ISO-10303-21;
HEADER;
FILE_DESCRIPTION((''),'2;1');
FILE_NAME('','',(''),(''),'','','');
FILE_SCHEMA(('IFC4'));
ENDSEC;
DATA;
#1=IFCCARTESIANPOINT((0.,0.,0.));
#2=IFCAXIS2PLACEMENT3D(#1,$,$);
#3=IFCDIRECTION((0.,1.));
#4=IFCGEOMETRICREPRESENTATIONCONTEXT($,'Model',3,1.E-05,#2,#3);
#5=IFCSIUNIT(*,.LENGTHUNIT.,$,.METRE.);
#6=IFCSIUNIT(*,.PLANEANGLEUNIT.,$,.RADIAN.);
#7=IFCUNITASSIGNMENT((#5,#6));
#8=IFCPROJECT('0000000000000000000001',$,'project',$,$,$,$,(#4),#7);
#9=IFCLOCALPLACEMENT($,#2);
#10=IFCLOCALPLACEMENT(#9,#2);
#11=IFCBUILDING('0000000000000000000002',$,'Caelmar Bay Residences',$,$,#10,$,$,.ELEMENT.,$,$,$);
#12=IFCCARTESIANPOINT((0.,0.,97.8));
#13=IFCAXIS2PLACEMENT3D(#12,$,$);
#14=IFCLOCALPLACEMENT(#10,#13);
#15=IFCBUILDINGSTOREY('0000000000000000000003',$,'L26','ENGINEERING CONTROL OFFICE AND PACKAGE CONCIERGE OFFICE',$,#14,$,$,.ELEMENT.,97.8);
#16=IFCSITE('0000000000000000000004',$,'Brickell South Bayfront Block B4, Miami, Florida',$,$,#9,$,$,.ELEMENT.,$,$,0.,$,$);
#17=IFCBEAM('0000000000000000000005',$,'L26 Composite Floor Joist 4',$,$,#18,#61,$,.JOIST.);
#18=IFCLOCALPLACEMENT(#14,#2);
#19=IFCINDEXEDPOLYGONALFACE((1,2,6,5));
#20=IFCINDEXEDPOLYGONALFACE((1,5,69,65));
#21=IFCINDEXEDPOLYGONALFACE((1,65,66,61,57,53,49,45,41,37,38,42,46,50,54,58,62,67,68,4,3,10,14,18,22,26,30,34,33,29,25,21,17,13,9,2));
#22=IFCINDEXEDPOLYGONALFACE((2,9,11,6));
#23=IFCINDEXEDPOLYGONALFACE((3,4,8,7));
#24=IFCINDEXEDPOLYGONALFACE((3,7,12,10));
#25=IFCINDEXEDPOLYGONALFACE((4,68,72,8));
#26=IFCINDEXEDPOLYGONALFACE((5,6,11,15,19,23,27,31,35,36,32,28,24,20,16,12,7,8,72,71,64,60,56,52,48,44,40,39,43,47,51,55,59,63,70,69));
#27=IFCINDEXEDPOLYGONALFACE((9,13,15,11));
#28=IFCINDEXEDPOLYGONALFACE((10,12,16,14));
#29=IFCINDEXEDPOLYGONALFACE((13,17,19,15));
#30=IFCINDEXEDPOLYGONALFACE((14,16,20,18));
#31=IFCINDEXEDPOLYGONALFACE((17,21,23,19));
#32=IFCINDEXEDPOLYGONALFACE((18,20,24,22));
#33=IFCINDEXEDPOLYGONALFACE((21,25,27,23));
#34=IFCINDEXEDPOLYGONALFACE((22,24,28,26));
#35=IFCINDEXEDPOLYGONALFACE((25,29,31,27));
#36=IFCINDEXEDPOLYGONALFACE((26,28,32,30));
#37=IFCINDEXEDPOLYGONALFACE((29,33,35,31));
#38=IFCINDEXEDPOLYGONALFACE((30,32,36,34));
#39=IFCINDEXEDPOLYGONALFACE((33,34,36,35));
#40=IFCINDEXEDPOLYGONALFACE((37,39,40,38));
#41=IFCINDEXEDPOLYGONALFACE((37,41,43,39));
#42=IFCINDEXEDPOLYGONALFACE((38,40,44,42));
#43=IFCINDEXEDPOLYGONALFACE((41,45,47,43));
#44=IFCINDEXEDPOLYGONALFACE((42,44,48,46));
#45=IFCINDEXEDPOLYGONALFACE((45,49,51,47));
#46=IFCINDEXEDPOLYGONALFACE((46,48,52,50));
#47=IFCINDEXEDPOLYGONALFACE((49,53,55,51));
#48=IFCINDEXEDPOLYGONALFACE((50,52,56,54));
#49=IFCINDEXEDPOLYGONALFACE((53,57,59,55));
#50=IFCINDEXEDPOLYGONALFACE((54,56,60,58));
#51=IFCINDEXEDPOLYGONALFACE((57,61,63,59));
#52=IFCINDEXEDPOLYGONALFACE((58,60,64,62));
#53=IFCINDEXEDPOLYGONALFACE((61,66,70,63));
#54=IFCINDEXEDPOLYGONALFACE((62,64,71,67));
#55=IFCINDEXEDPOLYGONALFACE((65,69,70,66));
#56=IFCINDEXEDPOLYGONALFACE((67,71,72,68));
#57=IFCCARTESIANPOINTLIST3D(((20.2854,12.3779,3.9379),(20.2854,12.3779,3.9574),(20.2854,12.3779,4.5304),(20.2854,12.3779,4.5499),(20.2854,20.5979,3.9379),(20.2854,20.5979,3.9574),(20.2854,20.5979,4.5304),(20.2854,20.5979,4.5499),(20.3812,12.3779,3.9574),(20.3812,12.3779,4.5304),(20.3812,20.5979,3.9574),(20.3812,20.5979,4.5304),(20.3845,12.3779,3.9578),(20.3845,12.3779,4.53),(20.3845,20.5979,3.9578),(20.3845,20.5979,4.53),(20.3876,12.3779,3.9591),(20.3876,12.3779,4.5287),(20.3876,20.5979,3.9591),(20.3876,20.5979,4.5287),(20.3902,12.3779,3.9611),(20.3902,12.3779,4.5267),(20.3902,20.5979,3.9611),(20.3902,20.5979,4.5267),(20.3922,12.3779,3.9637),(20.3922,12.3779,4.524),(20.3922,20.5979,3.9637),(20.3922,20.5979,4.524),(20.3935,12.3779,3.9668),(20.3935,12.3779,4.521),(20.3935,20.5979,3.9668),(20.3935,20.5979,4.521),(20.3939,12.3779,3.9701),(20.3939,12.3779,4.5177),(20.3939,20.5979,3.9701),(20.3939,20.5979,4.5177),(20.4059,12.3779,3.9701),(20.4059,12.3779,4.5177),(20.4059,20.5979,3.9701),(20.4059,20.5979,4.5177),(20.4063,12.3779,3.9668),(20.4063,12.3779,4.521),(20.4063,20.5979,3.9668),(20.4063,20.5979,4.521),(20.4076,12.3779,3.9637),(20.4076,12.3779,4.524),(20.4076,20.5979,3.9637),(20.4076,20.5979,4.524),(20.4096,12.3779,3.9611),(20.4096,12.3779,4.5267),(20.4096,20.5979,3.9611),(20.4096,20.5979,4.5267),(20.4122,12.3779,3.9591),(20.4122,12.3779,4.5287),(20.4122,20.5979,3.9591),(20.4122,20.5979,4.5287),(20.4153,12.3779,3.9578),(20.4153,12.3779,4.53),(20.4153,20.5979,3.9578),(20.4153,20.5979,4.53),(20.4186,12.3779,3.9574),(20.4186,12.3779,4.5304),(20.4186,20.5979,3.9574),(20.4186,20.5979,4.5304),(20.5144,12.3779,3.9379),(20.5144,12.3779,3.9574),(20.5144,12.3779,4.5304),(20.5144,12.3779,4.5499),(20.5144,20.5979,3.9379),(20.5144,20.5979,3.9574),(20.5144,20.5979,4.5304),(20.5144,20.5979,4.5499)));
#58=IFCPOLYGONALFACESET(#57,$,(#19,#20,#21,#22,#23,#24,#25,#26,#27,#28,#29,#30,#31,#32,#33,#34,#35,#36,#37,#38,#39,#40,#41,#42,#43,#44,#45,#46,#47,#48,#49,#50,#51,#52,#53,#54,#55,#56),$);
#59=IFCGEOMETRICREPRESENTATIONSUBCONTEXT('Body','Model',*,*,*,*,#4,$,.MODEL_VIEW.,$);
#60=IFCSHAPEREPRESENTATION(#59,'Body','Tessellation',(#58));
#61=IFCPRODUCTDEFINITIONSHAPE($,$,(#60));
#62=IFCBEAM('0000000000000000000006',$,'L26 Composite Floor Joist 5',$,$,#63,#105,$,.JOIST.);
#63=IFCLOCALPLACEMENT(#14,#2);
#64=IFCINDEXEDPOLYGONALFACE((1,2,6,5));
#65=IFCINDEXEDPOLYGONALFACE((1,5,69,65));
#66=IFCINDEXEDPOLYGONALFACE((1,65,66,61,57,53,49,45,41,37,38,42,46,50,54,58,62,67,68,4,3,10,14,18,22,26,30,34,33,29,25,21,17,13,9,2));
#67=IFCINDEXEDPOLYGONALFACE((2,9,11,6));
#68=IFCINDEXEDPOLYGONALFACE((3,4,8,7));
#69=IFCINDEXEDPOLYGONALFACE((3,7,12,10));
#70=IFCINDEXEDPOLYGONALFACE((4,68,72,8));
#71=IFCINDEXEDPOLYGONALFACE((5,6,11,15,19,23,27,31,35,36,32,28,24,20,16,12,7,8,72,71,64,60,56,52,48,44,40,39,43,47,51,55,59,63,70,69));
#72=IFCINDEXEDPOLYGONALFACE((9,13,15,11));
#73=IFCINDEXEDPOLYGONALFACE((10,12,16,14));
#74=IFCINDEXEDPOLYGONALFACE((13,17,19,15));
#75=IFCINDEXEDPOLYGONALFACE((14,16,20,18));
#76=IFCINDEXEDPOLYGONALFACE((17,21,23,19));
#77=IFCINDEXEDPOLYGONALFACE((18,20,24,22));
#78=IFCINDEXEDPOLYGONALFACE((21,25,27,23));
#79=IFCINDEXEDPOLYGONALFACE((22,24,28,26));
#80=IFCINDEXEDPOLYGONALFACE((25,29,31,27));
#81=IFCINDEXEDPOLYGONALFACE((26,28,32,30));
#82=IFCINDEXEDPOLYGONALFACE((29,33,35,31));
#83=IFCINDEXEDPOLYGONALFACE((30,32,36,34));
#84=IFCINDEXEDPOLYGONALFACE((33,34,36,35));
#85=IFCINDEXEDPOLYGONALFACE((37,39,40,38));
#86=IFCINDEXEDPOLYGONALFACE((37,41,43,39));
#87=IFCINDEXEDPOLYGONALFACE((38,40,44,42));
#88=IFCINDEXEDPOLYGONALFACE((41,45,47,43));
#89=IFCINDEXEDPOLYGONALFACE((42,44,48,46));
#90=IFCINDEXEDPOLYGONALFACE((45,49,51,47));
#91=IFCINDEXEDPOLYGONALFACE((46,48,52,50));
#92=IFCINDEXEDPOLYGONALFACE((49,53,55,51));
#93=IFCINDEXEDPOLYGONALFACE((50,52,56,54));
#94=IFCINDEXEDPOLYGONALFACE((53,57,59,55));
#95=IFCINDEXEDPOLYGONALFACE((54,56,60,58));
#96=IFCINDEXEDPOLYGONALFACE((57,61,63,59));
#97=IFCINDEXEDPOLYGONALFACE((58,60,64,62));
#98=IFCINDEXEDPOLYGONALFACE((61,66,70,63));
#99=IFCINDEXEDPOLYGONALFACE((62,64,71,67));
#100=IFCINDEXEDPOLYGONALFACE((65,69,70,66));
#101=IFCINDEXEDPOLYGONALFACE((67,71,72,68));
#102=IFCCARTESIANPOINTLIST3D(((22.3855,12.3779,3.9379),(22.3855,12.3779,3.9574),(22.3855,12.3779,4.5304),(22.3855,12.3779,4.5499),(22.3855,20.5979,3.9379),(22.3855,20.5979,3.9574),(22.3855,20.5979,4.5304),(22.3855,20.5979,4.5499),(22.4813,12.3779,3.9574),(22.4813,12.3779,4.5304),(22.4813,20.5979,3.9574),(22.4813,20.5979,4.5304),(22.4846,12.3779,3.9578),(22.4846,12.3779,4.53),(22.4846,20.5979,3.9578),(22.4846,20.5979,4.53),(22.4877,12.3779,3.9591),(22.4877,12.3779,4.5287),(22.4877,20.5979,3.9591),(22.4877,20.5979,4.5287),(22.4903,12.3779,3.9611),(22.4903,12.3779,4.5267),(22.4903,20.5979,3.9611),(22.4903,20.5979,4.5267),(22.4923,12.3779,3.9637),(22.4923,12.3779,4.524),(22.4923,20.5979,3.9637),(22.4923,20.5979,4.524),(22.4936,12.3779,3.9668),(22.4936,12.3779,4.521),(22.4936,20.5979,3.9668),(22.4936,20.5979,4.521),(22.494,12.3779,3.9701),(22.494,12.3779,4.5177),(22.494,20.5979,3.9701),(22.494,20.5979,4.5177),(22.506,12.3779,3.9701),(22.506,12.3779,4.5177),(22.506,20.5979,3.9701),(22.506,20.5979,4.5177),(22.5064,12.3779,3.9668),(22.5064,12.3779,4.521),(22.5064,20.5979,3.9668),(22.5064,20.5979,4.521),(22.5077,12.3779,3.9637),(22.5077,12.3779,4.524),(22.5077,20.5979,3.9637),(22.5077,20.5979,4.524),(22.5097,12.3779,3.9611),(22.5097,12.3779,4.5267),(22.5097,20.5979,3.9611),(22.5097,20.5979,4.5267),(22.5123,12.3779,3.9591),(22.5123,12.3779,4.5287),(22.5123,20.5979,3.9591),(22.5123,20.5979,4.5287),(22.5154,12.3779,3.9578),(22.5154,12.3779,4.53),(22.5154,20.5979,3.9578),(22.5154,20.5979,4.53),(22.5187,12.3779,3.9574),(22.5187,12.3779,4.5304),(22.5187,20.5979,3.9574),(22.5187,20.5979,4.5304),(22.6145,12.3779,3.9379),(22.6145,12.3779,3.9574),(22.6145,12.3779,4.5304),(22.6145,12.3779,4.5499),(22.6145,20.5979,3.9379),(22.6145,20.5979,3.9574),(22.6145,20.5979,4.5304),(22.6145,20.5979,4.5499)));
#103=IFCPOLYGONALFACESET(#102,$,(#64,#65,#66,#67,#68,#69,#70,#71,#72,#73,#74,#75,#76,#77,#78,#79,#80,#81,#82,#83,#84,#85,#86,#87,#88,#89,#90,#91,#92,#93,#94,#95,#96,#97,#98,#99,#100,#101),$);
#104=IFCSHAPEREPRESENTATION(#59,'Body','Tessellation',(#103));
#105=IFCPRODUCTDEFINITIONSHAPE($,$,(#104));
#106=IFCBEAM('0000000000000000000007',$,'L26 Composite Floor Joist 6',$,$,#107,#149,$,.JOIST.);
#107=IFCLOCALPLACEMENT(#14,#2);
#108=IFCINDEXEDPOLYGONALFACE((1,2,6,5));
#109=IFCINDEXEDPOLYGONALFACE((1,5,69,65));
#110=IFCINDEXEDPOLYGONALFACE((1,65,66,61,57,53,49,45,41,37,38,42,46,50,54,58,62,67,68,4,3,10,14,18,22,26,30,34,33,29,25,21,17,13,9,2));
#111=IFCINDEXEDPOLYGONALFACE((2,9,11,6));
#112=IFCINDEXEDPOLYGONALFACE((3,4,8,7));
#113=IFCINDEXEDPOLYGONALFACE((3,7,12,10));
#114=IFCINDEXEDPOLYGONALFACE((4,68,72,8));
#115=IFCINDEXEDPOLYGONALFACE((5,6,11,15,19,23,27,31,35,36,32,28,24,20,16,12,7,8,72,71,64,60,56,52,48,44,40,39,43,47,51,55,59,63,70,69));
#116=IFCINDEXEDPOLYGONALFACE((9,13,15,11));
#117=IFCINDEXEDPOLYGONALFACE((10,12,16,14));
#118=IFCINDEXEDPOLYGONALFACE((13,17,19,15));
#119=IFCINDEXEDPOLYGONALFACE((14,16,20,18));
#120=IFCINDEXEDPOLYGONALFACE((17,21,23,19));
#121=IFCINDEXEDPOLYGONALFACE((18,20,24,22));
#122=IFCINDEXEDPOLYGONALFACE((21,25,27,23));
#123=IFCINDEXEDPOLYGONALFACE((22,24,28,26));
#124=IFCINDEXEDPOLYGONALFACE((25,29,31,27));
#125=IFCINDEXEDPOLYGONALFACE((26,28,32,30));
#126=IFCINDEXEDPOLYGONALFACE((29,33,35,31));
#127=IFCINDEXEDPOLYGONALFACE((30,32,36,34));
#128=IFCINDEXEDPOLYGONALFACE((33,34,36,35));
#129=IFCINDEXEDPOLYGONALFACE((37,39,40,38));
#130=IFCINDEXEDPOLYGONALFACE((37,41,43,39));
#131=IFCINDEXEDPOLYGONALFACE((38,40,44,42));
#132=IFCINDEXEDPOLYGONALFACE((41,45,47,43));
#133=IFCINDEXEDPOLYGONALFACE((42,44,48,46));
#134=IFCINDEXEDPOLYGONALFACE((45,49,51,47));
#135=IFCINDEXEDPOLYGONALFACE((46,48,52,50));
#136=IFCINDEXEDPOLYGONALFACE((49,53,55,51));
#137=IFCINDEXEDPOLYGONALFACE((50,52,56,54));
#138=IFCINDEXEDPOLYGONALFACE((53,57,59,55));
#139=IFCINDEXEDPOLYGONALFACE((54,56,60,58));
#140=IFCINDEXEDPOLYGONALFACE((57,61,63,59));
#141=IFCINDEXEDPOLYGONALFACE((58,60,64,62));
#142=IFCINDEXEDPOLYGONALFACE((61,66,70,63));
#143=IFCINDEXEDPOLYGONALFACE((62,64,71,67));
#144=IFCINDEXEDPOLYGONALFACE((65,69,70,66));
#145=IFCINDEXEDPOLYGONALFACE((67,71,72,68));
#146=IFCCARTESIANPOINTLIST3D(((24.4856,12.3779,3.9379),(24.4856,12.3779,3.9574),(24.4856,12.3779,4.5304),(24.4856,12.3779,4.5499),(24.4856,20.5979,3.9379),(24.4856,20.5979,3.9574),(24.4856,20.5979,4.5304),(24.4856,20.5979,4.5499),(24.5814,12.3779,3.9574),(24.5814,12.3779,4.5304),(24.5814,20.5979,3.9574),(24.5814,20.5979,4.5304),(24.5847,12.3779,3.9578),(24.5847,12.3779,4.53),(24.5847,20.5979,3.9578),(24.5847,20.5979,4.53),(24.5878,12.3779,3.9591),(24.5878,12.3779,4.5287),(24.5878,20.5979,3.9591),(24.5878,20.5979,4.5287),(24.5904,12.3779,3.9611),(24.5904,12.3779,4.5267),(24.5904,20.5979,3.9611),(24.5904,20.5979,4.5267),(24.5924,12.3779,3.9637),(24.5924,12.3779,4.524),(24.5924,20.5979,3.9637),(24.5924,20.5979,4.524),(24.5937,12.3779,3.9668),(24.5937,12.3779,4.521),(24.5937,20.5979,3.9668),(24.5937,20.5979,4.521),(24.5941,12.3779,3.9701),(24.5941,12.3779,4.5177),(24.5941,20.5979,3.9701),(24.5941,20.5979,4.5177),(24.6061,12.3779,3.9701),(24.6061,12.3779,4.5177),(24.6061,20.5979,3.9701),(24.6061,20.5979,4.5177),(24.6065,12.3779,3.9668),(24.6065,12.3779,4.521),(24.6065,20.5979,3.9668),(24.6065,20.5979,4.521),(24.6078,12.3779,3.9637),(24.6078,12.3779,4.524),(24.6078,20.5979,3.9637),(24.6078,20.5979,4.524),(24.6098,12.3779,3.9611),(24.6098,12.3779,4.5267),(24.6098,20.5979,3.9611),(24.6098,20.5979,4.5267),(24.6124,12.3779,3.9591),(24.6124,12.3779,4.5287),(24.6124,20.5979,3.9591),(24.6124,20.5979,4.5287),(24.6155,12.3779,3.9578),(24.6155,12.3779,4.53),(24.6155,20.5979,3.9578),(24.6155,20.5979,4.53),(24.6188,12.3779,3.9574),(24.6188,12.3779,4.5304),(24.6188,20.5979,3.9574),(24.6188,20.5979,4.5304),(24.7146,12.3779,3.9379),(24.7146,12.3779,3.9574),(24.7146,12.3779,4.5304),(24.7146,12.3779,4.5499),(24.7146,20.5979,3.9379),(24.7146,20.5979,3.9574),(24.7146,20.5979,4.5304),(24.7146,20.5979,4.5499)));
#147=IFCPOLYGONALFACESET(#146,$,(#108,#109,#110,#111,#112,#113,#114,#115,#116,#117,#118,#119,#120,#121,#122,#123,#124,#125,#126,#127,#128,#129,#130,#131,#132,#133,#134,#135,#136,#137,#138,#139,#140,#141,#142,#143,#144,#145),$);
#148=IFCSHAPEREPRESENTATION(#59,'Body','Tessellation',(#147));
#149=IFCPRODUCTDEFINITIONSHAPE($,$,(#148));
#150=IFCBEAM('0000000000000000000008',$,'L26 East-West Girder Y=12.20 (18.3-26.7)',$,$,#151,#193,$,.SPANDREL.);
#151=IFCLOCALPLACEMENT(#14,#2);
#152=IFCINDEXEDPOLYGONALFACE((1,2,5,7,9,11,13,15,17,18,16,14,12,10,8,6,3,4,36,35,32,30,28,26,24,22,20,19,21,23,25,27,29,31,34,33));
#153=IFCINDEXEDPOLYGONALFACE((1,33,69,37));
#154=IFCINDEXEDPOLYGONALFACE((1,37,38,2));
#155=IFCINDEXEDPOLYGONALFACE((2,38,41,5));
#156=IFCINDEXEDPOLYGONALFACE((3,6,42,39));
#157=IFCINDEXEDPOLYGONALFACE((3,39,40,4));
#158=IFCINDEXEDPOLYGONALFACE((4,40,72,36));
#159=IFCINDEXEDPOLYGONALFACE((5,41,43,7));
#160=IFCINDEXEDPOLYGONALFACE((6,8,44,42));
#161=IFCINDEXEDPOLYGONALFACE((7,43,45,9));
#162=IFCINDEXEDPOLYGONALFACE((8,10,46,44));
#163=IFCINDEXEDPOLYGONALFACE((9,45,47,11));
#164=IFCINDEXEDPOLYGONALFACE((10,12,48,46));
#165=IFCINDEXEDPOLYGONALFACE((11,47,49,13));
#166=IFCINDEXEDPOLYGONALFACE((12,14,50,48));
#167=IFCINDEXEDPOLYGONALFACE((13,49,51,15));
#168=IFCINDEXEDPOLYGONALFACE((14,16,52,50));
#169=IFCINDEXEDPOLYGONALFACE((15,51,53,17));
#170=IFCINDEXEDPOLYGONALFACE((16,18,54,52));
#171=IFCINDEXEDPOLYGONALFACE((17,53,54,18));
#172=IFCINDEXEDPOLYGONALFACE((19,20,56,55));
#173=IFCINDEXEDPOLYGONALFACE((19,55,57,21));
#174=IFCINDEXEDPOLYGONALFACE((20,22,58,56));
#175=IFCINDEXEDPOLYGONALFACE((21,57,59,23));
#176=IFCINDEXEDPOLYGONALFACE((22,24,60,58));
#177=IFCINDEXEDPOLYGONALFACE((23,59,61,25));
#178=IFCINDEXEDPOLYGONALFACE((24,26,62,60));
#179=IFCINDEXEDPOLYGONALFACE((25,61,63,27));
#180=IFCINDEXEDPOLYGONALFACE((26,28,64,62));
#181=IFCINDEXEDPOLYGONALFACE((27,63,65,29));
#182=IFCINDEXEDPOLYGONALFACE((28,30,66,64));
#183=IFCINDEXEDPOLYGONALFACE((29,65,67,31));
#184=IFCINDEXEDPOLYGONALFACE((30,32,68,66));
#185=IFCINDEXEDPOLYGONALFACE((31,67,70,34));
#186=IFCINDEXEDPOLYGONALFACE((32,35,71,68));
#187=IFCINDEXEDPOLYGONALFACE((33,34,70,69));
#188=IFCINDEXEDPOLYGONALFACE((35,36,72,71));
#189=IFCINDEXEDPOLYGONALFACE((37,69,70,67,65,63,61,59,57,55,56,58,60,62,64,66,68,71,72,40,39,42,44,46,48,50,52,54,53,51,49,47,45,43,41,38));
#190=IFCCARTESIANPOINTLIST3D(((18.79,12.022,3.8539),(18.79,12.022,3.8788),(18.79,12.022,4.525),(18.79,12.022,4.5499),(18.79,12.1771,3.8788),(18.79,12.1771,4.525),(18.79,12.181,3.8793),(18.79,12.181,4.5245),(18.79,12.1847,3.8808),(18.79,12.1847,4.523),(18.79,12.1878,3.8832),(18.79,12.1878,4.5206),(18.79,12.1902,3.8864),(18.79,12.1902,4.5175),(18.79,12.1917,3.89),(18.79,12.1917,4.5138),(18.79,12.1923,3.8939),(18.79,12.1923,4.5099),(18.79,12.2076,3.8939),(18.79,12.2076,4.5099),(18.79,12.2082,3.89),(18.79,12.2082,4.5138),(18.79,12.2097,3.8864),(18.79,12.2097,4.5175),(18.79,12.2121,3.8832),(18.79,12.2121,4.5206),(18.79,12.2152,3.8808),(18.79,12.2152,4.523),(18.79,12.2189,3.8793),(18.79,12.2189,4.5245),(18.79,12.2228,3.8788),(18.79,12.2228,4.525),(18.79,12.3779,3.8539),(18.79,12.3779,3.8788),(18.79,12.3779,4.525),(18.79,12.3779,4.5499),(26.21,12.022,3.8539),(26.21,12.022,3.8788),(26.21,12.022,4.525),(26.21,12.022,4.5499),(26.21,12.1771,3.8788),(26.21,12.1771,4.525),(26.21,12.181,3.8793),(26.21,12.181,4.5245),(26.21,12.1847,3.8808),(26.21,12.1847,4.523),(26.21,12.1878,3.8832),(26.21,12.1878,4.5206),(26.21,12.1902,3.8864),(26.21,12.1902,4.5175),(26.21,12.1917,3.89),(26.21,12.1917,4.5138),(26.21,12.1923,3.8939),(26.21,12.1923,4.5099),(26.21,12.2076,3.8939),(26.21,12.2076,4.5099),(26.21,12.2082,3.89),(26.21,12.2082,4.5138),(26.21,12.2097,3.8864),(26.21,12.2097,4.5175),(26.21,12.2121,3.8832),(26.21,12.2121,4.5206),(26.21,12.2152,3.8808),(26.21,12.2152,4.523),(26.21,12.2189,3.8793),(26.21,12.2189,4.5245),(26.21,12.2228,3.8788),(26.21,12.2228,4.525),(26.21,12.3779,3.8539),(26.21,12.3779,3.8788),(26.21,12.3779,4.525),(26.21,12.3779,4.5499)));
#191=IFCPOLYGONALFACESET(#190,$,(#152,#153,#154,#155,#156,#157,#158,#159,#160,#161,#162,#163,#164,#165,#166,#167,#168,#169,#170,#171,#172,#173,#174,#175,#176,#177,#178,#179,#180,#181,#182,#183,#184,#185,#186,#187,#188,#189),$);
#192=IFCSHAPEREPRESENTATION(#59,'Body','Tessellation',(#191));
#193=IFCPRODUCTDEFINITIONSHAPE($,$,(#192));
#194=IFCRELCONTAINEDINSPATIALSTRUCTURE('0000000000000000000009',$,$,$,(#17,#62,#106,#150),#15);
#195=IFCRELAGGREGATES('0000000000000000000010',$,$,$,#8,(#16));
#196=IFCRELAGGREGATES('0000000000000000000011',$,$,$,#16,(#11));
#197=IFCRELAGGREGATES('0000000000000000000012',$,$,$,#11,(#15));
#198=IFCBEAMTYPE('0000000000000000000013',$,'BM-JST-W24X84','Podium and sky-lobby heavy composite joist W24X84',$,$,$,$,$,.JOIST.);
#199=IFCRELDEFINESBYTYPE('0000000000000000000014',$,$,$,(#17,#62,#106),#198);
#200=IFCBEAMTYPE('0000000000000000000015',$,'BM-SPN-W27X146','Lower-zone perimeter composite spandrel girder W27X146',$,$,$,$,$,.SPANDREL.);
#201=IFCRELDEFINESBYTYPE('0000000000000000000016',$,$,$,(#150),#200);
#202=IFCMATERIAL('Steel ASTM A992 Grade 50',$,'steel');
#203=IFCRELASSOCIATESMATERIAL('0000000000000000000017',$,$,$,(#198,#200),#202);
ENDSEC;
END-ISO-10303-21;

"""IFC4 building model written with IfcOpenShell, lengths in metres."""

from ifc_helpers import new_model, si_unit, direction, frame, origin, origin_2d, place, context, subcontext, project, spatial, i_section, extrude, material, material_profile, profile_set, type_object, element, save


model = new_model("IFC4")

# Units and contexts
model_context = context("Model", 3, precision=1e-05, world=origin(), true_north=direction((0.0, 1.0)))
body_context = subcontext(model_context, "Body", "Model", "MODEL_VIEW")
ifc_project = project(units=[si_unit("LENGTHUNIT", "METRE"), si_unit("PLANEANGLEUNIT", "RADIAN")], contexts=[model_context])

# Site, building, storey
site_placement = place(None, origin())
site = spatial("IfcSite", under=ifc_project, at=site_placement, Name="Brickell South Bayfront Block B4, Miami, Florida", CompositionType="ELEMENT", RefElevation=0.0)
building_placement = place(site_placement, origin())
building = spatial("IfcBuilding", under=site, at=building_placement, Name="Caelmar Bay Residences", CompositionType="ELEMENT")
storey_placement = place(building_placement, frame((0.0, 0.0, 97.8)))
storey = spatial("IfcBuildingStorey", under=building, at=storey_placement, Name="L26", Description="ENGINEERING CONTROL OFFICE AND PACKAGE CONCIERGE OFFICE", CompositionType="ELEMENT", Elevation=97.8)

# Beams
ifc_material_1 = material(Name="Steel ASTM A992 Grade 50", Category="steel")
ifc_material_profile_1 = material_profile(ifc_material_1, i_section(OverallWidth=0.229, OverallDepth=0.6121, WebThickness=0.012, FlangeThickness=0.0195, FilletRadius=0.0127, at=origin_2d()), Name="W24X84")
ifc_profile_set_1 = profile_set([ifc_material_profile_1], Name="Steel ASTM A992 Grade 50")
beam_type_1 = type_object("IfcBeamType", Name="BM-JST-W24X84", Description="Podium and sky-lobby heavy composite joist W24X84", PredefinedType="JOIST", material=ifc_profile_set_1)
for number, where, z_axis, x_axis, name in (
    (1, (20.3999, 12.3779, 4.2439), (0.0, 1.0, 0.0), (-1.0, 0.0, 0.0), "L26 Composite Floor Joist 4"),
    (2, (22.5, 12.3779, 4.2439), (0.0, 1.0, 0.0), (-1.0, 0.0, 0.0), "L26 Composite Floor Joist 5"),
    (3, (24.6001, 12.3779, 4.2439), (0.0, 1.0, 0.0), (-1.0, 0.0, 0.0), "L26 Composite Floor Joist 6"),
):
    element("IfcBeam", number, at=place(storey_placement, frame(where, z_axis=z_axis, x_axis=x_axis)), inside=storey, type_object=beam_type_1, Name=name, PredefinedType="JOIST", context=body_context, shape_type="SweptSolid", body=[
        extrude(i_section(OverallWidth=0.229, OverallDepth=0.6121, WebThickness=0.012, FlangeThickness=0.0195, FilletRadius=0.0127, at=origin_2d()), origin(), (0.0, 0.0, 1.0), 8.22),
    ])
ifc_material_profile_2 = material_profile(ifc_material_1, i_section(OverallWidth=0.356, OverallDepth=0.696, WebThickness=0.0154, FlangeThickness=0.0249, FilletRadius=0.0151, at=origin_2d()), Name="W27X146")
ifc_profile_set_2 = profile_set([ifc_material_profile_2], Name="Steel ASTM A992 Grade 50")
beam_type_2 = type_object("IfcBeamType", Name="BM-SPN-W27X146", Description="Lower-zone perimeter composite spandrel girder W27X146", PredefinedType="SPANDREL", material=ifc_profile_set_2)
beam_1_placement = place(storey_placement, frame((18.79, 12.2, 4.2019), z_axis=(1.0, 0.0, 0.0), x_axis=(0.0, 1.0, 0.0)))
element("IfcBeam", 4, at=beam_1_placement, inside=storey, type_object=beam_type_2, Name="L26 East-West Girder Y=12.20 (18.3-26.7)", PredefinedType="SPANDREL", context=body_context, shape_type="SweptSolid", body=[
    extrude(i_section(OverallWidth=0.356, OverallDepth=0.696, WebThickness=0.0154, FlangeThickness=0.0249, FilletRadius=0.0151, at=origin_2d()), origin(), (0.0, 0.0, 1.0), 7.4199),
])

save(model, "model.ifc")
